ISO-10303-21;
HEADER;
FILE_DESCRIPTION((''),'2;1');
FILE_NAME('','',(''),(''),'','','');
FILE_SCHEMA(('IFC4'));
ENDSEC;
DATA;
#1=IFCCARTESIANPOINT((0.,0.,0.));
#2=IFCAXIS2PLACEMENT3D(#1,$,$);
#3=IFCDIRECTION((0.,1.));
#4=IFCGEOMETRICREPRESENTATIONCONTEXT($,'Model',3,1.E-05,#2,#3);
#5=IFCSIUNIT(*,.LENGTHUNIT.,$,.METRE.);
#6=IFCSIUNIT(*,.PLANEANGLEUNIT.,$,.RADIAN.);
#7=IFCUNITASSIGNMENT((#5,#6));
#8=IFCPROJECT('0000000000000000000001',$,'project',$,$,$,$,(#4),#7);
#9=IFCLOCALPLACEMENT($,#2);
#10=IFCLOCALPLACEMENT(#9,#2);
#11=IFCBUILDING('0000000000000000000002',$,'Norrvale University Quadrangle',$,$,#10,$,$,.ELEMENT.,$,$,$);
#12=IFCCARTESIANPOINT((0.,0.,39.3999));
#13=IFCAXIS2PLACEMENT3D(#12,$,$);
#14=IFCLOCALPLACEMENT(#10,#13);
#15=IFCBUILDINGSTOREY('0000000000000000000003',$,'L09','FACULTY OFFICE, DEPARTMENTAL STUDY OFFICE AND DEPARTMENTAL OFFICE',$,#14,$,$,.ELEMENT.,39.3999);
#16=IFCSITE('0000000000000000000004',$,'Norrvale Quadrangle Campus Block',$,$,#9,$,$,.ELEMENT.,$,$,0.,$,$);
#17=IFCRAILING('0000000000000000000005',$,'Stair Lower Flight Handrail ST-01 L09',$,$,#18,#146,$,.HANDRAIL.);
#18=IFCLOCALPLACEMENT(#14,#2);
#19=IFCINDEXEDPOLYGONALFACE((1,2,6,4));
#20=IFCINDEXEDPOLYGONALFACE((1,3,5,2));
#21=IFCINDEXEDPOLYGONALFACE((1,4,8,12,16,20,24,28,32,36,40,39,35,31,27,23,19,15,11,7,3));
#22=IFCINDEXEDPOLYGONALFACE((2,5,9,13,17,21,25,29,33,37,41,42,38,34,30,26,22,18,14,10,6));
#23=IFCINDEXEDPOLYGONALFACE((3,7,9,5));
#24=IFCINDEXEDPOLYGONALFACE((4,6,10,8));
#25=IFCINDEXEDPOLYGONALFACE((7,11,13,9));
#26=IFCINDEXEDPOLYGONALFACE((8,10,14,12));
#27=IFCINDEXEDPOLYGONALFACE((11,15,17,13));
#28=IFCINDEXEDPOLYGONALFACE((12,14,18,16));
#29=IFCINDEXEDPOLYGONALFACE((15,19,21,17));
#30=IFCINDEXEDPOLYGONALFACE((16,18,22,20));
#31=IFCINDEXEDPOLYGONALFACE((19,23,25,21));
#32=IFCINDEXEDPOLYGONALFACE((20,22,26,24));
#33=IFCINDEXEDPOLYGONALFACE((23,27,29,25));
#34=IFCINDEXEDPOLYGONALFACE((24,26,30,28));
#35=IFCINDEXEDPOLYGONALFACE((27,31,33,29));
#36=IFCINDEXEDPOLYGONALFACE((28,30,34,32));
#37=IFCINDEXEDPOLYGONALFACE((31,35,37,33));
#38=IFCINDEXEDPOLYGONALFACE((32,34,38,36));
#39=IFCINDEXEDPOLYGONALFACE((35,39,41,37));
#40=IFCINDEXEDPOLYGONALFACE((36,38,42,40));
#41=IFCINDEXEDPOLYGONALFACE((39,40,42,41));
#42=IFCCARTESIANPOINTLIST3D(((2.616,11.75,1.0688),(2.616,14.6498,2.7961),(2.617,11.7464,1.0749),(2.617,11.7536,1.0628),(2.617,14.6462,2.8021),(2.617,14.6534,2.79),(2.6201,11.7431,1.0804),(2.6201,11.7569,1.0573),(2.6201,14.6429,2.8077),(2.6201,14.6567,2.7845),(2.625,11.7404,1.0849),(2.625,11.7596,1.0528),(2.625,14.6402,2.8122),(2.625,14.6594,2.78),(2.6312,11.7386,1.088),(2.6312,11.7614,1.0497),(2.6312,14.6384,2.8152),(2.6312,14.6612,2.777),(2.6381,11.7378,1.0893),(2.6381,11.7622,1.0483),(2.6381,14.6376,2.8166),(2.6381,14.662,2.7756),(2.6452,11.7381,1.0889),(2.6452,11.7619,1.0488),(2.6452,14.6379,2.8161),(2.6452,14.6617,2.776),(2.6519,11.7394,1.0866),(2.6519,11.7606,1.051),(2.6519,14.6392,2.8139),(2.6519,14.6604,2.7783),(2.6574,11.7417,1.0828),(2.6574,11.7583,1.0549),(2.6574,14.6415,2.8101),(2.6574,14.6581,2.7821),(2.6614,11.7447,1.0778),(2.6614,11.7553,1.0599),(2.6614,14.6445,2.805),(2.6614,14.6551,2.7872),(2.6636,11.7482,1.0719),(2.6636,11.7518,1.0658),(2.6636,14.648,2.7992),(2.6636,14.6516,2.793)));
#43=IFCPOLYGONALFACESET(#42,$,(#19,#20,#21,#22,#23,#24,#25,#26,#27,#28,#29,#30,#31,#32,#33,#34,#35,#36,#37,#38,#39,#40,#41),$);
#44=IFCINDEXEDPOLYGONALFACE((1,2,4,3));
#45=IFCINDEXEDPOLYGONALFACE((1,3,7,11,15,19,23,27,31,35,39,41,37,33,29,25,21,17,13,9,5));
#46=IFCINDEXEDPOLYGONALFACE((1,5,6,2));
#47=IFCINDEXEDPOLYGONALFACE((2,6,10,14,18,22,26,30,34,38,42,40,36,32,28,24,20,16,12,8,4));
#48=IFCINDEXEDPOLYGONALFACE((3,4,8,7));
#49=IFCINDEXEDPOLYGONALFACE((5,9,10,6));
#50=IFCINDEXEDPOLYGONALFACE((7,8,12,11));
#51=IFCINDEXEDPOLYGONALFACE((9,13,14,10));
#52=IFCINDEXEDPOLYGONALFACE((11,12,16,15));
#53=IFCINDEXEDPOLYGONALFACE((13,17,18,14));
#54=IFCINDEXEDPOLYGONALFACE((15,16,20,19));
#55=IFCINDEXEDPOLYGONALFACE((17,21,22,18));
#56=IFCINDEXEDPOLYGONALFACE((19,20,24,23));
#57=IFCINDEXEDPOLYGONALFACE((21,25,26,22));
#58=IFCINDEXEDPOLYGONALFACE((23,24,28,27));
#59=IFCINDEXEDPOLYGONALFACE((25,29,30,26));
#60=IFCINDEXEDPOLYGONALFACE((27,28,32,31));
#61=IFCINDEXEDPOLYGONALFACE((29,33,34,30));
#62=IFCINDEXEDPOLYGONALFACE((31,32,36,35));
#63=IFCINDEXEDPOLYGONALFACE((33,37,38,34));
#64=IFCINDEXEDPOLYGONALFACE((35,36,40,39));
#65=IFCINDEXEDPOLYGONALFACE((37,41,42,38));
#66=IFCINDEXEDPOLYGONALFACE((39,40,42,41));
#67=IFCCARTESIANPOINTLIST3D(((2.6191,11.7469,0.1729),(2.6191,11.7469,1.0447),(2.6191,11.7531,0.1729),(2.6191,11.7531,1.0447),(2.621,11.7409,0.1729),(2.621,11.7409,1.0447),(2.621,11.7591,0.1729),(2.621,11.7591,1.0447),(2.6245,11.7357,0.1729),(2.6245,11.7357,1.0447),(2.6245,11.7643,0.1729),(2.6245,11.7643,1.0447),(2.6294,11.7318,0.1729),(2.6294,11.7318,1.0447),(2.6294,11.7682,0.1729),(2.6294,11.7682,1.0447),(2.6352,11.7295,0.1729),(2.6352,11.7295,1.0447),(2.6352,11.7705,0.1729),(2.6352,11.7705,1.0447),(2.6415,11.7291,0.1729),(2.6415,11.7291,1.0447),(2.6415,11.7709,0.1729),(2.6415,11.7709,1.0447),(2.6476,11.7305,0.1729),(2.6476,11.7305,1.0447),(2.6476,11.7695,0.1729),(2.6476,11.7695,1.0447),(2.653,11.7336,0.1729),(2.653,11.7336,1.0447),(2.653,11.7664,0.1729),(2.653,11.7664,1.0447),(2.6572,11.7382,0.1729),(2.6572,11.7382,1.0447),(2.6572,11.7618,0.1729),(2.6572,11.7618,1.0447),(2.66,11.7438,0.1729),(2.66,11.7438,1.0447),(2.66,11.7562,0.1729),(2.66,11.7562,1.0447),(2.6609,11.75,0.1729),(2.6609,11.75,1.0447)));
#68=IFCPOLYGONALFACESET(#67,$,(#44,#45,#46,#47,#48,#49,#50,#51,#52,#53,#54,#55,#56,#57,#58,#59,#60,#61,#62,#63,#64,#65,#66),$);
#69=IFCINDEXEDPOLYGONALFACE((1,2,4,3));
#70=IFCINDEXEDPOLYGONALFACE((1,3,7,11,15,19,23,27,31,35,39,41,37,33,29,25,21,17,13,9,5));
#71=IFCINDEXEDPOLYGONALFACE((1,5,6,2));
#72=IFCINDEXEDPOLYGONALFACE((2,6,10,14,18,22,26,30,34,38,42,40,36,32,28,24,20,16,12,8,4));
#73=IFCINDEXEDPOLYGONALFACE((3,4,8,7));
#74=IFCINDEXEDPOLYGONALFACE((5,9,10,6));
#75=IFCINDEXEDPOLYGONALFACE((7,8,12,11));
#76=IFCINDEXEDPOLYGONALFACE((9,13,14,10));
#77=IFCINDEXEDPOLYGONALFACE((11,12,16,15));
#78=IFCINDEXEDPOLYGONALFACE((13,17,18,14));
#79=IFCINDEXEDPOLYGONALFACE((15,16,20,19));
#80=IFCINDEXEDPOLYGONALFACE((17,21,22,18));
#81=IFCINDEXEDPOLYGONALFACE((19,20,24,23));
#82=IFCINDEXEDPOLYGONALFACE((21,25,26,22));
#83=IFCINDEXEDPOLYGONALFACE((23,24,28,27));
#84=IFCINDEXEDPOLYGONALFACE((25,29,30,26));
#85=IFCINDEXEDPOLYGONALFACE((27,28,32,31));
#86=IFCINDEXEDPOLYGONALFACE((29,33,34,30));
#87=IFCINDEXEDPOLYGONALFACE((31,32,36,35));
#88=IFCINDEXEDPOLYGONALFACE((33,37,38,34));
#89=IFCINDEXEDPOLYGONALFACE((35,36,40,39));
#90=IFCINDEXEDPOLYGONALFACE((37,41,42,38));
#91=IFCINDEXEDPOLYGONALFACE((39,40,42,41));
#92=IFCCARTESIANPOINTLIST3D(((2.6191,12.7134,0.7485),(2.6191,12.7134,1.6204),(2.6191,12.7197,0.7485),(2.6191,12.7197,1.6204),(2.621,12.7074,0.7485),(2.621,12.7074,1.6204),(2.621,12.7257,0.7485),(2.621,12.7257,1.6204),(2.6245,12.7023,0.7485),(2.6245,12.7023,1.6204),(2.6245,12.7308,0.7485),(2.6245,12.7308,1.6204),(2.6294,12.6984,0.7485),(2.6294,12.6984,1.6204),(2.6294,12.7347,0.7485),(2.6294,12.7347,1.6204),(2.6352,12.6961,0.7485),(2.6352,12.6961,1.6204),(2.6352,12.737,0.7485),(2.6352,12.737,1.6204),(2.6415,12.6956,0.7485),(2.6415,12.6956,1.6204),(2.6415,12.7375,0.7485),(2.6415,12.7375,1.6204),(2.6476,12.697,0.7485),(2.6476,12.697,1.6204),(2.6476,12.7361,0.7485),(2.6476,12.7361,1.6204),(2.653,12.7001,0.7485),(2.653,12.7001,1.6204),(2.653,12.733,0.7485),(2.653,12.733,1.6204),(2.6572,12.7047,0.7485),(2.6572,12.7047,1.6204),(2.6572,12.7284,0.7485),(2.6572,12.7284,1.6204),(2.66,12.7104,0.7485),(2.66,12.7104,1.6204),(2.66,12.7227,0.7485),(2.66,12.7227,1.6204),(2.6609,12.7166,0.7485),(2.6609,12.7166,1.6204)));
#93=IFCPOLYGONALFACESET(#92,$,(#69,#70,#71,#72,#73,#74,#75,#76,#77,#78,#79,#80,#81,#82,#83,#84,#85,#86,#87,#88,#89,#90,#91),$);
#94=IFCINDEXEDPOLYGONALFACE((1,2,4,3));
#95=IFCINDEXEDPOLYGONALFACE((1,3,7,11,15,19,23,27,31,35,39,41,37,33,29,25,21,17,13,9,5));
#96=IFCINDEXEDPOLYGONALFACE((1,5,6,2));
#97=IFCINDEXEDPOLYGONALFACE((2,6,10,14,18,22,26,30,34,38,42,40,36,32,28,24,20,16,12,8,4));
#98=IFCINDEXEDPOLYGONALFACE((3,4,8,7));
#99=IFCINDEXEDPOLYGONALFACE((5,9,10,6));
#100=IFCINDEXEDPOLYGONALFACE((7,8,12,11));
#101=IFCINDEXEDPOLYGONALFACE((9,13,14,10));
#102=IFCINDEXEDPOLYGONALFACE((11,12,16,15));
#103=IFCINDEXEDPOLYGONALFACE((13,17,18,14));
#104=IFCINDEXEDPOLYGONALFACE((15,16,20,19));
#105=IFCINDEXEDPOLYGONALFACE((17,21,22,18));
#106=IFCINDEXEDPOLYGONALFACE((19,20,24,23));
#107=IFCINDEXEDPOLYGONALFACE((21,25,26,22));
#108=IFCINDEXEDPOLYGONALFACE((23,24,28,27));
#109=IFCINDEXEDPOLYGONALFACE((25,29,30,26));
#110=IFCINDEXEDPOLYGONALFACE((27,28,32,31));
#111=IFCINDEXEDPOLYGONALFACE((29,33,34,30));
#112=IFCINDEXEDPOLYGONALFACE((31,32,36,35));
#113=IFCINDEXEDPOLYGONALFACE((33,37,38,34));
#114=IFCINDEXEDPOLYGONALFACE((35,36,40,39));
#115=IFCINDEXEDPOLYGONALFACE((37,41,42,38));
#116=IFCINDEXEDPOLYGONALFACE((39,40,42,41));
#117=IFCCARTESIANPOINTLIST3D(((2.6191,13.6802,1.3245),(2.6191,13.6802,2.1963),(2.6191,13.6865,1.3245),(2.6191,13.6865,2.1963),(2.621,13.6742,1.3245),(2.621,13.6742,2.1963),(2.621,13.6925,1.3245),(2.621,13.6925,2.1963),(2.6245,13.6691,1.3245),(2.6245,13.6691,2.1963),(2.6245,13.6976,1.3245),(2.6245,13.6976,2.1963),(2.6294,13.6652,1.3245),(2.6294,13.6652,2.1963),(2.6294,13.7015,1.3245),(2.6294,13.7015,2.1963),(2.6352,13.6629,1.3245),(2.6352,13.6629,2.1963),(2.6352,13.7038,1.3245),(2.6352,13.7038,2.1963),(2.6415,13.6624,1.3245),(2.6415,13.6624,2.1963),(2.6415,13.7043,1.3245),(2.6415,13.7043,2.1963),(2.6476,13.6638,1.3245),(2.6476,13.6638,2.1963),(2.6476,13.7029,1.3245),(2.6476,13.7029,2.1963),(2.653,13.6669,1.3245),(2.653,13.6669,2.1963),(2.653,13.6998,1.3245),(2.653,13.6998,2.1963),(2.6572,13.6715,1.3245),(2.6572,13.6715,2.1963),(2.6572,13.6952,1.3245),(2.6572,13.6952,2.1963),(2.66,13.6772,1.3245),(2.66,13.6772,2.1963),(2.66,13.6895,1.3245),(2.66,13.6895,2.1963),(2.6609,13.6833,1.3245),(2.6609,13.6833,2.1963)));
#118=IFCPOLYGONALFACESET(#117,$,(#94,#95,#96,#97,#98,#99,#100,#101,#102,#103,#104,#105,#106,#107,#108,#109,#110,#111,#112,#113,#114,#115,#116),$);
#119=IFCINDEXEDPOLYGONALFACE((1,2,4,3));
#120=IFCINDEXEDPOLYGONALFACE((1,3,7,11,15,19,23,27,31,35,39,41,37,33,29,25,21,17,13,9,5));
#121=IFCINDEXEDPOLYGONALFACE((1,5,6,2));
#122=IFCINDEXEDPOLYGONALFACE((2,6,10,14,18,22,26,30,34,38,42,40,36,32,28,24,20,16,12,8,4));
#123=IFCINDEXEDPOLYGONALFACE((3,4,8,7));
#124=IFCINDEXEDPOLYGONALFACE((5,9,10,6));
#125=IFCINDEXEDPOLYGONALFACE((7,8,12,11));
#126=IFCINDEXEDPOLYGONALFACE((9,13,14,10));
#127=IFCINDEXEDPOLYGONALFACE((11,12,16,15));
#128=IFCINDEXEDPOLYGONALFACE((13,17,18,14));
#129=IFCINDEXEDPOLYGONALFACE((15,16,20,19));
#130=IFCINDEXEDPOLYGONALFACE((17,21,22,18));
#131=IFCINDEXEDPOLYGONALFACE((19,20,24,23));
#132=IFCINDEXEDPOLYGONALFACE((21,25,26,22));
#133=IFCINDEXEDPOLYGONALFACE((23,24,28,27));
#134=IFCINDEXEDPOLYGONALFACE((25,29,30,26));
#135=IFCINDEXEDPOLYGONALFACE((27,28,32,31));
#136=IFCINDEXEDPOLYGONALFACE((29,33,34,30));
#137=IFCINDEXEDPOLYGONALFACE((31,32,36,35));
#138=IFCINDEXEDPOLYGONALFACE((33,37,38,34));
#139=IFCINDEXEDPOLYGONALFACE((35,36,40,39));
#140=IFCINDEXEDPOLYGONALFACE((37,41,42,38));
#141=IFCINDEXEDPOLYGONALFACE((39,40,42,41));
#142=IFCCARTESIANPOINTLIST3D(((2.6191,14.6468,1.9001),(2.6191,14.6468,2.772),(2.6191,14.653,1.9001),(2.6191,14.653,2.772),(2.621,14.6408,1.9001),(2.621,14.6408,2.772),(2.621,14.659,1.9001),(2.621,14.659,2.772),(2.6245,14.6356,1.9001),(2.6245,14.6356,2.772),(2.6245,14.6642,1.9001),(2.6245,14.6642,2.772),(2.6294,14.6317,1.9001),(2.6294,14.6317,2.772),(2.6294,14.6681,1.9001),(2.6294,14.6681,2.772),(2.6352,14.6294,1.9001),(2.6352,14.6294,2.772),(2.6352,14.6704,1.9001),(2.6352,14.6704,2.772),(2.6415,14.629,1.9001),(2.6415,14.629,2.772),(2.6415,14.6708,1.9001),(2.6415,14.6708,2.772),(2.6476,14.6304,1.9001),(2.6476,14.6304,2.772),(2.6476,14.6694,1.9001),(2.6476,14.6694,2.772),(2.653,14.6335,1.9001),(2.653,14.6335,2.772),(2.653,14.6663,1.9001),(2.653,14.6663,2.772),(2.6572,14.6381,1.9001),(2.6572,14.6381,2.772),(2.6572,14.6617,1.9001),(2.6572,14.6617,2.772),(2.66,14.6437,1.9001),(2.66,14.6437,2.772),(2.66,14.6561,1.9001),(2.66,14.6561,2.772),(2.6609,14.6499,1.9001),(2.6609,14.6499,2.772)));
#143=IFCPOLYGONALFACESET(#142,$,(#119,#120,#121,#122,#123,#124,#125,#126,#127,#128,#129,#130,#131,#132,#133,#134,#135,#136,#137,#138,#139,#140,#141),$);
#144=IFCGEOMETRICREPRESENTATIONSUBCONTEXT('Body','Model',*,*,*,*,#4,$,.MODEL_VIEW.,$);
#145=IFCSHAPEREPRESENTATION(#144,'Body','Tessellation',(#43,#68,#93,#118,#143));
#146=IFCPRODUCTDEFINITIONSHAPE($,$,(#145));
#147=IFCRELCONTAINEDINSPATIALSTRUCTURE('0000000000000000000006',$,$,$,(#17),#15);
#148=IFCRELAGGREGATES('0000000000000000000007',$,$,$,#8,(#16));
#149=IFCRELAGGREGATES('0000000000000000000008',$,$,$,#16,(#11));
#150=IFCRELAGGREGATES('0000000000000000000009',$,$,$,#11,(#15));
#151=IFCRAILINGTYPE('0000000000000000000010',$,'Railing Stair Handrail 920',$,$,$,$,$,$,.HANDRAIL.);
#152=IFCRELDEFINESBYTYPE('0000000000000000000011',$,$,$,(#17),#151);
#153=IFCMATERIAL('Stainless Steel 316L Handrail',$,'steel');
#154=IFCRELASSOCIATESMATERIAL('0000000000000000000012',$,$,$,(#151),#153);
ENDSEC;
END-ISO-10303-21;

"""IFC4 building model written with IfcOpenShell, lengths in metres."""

from ifc_helpers import new_model, si_unit, direction, frame, origin, origin_2d, place, context, subcontext, project, spatial, circle, extrude, material, type_object, element, save


model = new_model("IFC4")

# Units and contexts
model_context = context("Model", 3, precision=1e-05, world=origin(), true_north=direction((0.0, 1.0)))
body_context = subcontext(model_context, "Body", "Model", "MODEL_VIEW")
ifc_project = project(units=[si_unit("LENGTHUNIT", "METRE"), si_unit("PLANEANGLEUNIT", "RADIAN")], contexts=[model_context])

# Site, building, storey
site_placement = place(None, origin())
site = spatial("IfcSite", under=ifc_project, at=site_placement, Name="Norrvale Quadrangle Campus Block", CompositionType="ELEMENT", RefElevation=0.0)
building_placement = place(site_placement, origin())
building = spatial("IfcBuilding", under=site, at=building_placement, Name="Norrvale University Quadrangle", CompositionType="ELEMENT")
storey_placement = place(building_placement, frame((0.0, 0.0, 39.3999)))
storey = spatial("IfcBuildingStorey", under=building, at=storey_placement, Name="L09", Description="FACULTY OFFICE, DEPARTMENTAL STUDY OFFICE AND DEPARTMENTAL OFFICE", CompositionType="ELEMENT", Elevation=39.3999)

# Railing
ifc_material_1 = material(Name="Stainless Steel 316L Handrail", Category="steel")
railing_type_1 = type_object("IfcRailingType", Name="Railing Stair Handrail 920", PredefinedType="HANDRAIL", material=ifc_material_1)
railing_1_placement = place(storey_placement, frame((2.6399, 11.75, 0.1729)))
element("IfcRailing", 1, at=railing_1_placement, inside=storey, type_object=railing_type_1, Name="Stair Lower Flight Handrail ST-01 L09", PredefinedType="HANDRAIL", context=body_context, shape_type="SweptSolid", body=[
    extrude(circle(Radius=0.0239, at=origin_2d()), frame((0.0, 0.0, 0.896), z_axis=(0.0, 0.859141, 0.511738), x_axis=(-1.0, 0.0, 0.0)), (0.0, 0.0, 1.0), 3.3752),
    extrude(circle(Radius=0.021, at=origin_2d()), origin(), (0.0, 0.0, 1.0), 0.8718),
    extrude(circle(Radius=0.021, at=origin_2d()), frame((0.0, 0.9666, 0.5757)), (0.0, 0.0, 1.0), 0.8718),
    extrude(circle(Radius=0.021, at=origin_2d()), frame((0.0, 1.9333, 1.1516)), (0.0, 0.0, 1.0), 0.8718),
    extrude(circle(Radius=0.021, at=origin_2d()), frame((0.0, 2.8999, 1.7273)), (0.0, 0.0, 1.0), 0.8718),
])

save(model, "model.ifc")
